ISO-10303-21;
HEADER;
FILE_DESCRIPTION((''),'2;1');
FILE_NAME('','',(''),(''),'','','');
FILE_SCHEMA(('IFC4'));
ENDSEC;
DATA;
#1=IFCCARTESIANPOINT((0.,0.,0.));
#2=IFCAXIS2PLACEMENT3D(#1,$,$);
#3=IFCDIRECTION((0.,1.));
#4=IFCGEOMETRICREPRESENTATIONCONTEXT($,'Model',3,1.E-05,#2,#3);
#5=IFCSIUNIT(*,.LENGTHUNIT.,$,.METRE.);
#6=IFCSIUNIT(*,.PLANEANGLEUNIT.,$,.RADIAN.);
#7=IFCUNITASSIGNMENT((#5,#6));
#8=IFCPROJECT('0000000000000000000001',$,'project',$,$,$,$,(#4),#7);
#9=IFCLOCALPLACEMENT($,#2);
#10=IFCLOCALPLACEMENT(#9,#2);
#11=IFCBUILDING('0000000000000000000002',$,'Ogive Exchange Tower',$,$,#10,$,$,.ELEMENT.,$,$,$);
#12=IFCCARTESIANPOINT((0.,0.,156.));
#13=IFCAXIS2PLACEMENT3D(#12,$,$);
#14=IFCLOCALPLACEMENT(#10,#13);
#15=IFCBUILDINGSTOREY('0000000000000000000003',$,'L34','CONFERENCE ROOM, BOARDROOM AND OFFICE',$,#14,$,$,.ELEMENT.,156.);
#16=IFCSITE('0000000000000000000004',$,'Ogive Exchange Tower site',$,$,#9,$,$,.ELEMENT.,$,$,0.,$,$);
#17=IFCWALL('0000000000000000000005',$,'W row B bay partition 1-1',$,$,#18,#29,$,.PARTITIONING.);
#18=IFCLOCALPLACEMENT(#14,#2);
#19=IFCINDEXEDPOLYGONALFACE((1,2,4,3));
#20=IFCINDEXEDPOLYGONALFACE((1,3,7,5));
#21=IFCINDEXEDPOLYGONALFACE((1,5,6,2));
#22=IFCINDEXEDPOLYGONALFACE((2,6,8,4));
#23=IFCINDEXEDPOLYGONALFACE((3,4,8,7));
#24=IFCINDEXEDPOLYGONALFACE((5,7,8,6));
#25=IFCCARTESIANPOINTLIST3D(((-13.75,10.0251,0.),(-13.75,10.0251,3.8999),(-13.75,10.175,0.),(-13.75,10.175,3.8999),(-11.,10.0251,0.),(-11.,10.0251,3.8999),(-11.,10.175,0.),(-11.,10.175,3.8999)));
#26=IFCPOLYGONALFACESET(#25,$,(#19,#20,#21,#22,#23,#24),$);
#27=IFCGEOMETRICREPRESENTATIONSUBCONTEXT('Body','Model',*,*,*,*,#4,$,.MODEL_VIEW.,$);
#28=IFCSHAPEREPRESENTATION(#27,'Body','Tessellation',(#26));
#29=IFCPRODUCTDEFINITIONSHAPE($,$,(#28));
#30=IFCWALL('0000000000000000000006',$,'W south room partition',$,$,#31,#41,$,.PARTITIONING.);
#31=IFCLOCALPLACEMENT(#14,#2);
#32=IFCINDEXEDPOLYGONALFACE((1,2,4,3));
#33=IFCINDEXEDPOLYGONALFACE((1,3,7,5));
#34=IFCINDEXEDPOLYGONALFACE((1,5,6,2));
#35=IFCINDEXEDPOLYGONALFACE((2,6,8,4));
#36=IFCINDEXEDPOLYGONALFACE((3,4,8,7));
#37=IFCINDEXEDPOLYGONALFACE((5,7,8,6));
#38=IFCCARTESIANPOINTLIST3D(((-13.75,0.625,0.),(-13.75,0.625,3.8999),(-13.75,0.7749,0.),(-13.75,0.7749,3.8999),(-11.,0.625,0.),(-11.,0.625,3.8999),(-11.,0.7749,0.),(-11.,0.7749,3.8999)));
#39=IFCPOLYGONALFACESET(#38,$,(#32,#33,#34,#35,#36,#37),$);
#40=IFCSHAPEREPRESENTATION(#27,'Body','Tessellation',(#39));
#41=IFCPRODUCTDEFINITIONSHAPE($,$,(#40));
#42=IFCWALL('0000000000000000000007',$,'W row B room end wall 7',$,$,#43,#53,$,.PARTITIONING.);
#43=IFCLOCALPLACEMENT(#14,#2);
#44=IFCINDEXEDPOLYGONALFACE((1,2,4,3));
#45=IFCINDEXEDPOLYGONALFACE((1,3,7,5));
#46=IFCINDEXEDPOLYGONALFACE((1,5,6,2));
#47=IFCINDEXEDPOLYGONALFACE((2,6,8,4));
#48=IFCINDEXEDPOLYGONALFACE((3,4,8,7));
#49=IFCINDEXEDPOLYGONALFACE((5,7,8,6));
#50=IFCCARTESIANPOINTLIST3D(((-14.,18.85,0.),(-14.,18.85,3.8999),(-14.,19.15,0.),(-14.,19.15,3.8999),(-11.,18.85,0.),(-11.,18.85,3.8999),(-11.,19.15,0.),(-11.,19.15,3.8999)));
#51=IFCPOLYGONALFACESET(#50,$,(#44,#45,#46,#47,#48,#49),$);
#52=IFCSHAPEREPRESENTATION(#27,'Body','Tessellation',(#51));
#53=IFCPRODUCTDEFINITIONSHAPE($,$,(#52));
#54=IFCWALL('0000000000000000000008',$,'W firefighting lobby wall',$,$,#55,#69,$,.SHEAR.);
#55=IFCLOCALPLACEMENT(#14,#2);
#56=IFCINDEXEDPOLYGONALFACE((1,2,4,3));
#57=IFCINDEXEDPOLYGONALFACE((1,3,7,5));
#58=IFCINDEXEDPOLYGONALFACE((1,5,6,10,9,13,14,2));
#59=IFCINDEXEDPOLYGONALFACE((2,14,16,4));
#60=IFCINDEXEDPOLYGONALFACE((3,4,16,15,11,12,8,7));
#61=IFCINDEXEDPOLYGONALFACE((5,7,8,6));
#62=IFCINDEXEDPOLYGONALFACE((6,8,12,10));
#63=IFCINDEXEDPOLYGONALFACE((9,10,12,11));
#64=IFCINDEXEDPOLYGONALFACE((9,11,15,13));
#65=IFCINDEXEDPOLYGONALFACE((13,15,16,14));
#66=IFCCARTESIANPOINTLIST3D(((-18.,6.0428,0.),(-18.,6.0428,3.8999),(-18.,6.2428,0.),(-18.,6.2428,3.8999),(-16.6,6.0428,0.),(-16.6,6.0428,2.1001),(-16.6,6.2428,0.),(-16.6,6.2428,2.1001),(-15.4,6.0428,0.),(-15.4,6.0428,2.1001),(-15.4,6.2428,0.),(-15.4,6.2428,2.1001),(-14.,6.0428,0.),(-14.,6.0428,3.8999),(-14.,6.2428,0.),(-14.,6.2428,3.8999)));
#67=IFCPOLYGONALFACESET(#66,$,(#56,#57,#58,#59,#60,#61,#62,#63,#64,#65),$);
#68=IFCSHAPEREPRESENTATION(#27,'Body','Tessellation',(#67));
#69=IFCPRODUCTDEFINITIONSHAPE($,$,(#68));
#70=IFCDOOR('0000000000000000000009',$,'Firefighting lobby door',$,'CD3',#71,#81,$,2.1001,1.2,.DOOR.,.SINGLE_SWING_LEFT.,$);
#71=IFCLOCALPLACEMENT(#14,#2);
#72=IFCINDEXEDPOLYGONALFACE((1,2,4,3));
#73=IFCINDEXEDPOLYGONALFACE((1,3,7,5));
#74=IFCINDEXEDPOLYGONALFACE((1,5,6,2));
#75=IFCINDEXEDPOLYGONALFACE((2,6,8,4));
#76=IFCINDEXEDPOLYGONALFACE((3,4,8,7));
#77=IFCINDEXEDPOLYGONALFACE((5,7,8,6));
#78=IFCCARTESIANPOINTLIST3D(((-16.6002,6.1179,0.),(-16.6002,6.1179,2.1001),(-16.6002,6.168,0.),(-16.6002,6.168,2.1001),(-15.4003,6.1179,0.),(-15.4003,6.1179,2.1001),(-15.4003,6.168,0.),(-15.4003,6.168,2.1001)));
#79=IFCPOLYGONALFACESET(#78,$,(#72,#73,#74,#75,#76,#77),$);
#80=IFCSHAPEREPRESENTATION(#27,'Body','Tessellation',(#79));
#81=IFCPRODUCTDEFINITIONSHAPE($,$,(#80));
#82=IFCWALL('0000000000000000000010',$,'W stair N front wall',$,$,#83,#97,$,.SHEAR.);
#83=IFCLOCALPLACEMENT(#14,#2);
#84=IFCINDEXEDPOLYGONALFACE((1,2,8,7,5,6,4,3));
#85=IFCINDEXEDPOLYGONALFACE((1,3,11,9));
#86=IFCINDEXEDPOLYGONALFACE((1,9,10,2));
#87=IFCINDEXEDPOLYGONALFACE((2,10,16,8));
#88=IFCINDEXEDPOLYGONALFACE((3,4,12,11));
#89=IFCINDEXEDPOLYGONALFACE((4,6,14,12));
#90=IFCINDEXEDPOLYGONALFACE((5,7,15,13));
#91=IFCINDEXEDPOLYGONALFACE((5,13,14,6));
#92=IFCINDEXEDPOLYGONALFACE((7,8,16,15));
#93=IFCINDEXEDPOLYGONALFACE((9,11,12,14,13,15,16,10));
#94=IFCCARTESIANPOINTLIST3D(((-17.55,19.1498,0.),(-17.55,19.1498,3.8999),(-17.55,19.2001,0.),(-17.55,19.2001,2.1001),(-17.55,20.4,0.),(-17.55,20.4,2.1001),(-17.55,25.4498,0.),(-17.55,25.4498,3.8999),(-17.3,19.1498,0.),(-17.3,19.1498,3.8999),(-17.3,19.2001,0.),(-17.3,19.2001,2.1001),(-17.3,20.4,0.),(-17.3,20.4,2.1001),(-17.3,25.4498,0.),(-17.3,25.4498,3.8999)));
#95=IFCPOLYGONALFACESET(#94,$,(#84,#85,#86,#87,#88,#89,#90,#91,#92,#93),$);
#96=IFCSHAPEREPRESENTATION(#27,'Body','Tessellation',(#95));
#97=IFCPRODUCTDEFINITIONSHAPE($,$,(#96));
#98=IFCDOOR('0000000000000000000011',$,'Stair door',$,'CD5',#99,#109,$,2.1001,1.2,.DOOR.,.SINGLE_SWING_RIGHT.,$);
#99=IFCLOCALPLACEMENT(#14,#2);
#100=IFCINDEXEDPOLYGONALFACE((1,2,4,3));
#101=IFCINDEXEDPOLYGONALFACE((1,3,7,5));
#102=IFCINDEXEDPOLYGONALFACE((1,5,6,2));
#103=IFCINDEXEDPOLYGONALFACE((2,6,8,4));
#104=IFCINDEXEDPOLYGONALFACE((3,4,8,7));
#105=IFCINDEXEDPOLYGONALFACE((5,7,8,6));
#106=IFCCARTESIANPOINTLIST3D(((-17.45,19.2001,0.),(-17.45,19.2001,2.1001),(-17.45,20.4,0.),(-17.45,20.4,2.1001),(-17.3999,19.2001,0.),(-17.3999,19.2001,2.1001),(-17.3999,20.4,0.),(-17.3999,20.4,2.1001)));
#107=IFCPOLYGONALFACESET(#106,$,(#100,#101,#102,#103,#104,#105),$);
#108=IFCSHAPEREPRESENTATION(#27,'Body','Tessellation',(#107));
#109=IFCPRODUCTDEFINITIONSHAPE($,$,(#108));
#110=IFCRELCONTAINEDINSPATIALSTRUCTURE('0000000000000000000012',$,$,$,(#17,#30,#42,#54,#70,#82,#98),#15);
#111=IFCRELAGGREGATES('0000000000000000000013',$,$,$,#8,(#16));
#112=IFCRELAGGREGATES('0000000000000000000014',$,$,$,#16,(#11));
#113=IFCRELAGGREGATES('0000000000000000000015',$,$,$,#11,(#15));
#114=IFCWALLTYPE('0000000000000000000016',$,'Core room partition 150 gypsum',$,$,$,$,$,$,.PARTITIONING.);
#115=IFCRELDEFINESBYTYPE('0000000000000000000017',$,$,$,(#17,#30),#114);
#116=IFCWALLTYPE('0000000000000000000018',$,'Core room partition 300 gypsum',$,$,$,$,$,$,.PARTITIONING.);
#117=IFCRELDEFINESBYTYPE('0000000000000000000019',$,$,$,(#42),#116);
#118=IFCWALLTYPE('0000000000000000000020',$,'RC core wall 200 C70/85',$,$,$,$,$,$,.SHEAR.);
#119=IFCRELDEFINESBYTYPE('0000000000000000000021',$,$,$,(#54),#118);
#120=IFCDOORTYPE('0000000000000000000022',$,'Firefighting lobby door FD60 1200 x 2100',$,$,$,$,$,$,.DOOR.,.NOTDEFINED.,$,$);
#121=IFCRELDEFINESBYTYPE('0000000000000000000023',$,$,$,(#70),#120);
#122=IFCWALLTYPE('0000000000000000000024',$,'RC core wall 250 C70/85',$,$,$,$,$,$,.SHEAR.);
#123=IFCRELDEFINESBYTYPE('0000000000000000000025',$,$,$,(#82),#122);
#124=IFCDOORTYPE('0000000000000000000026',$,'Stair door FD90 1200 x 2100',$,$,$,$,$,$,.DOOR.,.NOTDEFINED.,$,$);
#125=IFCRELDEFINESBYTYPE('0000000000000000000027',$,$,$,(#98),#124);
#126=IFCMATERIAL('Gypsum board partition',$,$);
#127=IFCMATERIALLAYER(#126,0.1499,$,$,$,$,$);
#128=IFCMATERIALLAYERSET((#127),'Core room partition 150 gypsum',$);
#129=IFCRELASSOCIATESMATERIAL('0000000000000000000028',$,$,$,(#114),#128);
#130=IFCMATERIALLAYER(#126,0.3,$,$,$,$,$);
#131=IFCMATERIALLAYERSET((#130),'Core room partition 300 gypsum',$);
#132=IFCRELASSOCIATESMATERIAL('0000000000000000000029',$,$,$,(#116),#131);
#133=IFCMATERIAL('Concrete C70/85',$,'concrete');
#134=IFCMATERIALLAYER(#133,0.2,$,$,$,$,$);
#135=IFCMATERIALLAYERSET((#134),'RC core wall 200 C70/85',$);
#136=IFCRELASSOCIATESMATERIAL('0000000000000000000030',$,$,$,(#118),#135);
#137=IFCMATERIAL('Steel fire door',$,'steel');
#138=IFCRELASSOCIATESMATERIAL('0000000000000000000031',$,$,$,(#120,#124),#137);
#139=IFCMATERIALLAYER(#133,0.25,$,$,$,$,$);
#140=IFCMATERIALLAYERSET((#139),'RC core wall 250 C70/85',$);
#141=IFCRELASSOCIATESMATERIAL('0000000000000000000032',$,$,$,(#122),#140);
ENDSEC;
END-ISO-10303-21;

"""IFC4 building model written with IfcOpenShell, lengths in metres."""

from ifc_helpers import new_model, si_unit, direction, frame, frame_2d, origin, place, context, subcontext, project, spatial, rectangle, extrude, material, layer, layer_set, type_object, element, fill, save


model = new_model("IFC4")

# Units and contexts
model_context = context("Model", 3, precision=1e-05, world=origin(), true_north=direction((0.0, 1.0)))
body_context = subcontext(model_context, "Body", "Model", "MODEL_VIEW")
ifc_project = project(units=[si_unit("LENGTHUNIT", "METRE"), si_unit("PLANEANGLEUNIT", "RADIAN")], contexts=[model_context])

# Site, building, storey
site_placement = place(None, origin())
site = spatial("IfcSite", under=ifc_project, at=site_placement, Name="Ogive Exchange Tower site", CompositionType="ELEMENT", RefElevation=0.0)
building_placement = place(site_placement, origin())
building = spatial("IfcBuilding", under=site, at=building_placement, Name="Ogive Exchange Tower", CompositionType="ELEMENT")
storey_placement = place(building_placement, frame((0.0, 0.0, 156.0)))
storey = spatial("IfcBuildingStorey", under=building, at=storey_placement, Name="L34", Description="CONFERENCE ROOM, BOARDROOM AND OFFICE", CompositionType="ELEMENT", Elevation=156.0)

# Walls
ifc_material_1 = material(Name="Gypsum board partition")
ifc_layer_1 = layer(ifc_material_1, 0.1499)
ifc_layer_set_1 = layer_set([ifc_layer_1], Name="Core room partition 150 gypsum")
wall_type_1 = type_object("IfcWallType", Name="Core room partition 150 gypsum", PredefinedType="PARTITIONING", material=ifc_layer_set_1)
for number, where, z_axis, x_axis, name in (
    (1, (-13.75, 10.1001, 0.0), (0.0, 0.0, 1.0), (1.0, 0.0, 0.0), "W row B bay partition 1-1"),
    (2, (-13.75, 0.7, 0.0), (0.0, 0.0, 1.0), (1.0, 0.0, 0.0), "W south room partition"),
):
    element("IfcWall", number, at=place(storey_placement, frame(where, z_axis=z_axis, x_axis=x_axis)), inside=storey, type_object=wall_type_1, Name=name, PredefinedType="PARTITIONING", context=body_context, shape_type="SweptSolid", body=[
        extrude(rectangle(XDim=2.75, YDim=0.1499, at=frame_2d((1.375, 0.0))), origin(), (0.0, 0.0, 1.0), 3.8999),
    ])
ifc_layer_2 = layer(ifc_material_1, 0.3)
ifc_layer_set_2 = layer_set([ifc_layer_2], Name="Core room partition 300 gypsum")
wall_type_2 = type_object("IfcWallType", Name="Core room partition 300 gypsum", PredefinedType="PARTITIONING", material=ifc_layer_set_2)
wall_1_placement = place(storey_placement, frame((-14.0, 19.0, 0.0), z_axis=(0.0, 0.0, 1.0), x_axis=(1.0, 0.0, 0.0)))
element("IfcWall", 3, at=wall_1_placement, inside=storey, type_object=wall_type_2, Name="W row B room end wall 7", PredefinedType="PARTITIONING", context=body_context, shape_type="SweptSolid", body=[
    extrude(rectangle(XDim=3.0, YDim=0.3, at=frame_2d((1.5, 0.0))), origin(), (0.0, 0.0, 1.0), 3.8999),
])

# Walls, openings, doors
ifc_material_2 = material(Name="Concrete C70/85", Category="concrete")
ifc_layer_3 = layer(ifc_material_2, 0.2)
ifc_layer_set_3 = layer_set([ifc_layer_3], Name="RC core wall 200 C70/85")
wall_type_3 = type_object("IfcWallType", Name="RC core wall 200 C70/85", PredefinedType="SHEAR", material=ifc_layer_set_3)
wall_2_placement = place(storey_placement, frame((-18.0, 6.1428, 0.0), z_axis=(0.0, 0.0, 1.0), x_axis=(1.0, 0.0, 0.0)))
wall_2 = element("IfcWall", 4, at=wall_2_placement, inside=storey, type_object=wall_type_3, Name="W firefighting lobby wall", PredefinedType="SHEAR", context=body_context, shape_type="SweptSolid", body=[
    extrude(rectangle(XDim=4.0, YDim=0.2, at=frame_2d((2.0, 0.0))), origin(), (0.0, 0.0, 1.0), 3.8999),
])
opening_1_placement = place(wall_2_placement, frame((1.3999, 0.0, 0.0)))
opening_1 = element("IfcOpeningElement", 5, at=opening_1_placement, cuts=wall_2, PredefinedType="OPENING", context=body_context, shape_type="SweptSolid", body=[
    extrude(rectangle(XDim=1.2, YDim=2.1001, at=frame_2d((0.6001, 1.05))), frame((0.0, 0.1099, 0.0), z_axis=(0.0, -1.0, 0.0), x_axis=(1.0, 0.0, 0.0)), (0.0, 0.0, 1.0), 0.22),
])
ifc_material_3 = material(Name="Steel fire door", Category="steel")
door_type_1 = type_object("IfcDoorType", Name="Firefighting lobby door FD60 1200 x 2100", OperationType="NOTDEFINED", PredefinedType="DOOR", material=ifc_material_3)
door_1_placement = place(opening_1_placement, frame((1.2, 0.0, 0.0), z_axis=(0.0, 0.0, 1.0), x_axis=(-1.0, 0.0, 0.0)))
door_1 = element("IfcDoor", 6, at=door_1_placement, inside=storey, type_object=door_type_1, Name="Firefighting lobby door", ObjectType="CD3", OperationType="SINGLE_SWING_LEFT", OverallHeight=2.1001, OverallWidth=1.2, PredefinedType="DOOR", context=body_context, shape_type="SweptSolid", body=[
    extrude(rectangle(XDim=1.2, YDim=2.1001, at=frame_2d((0.6001, 1.05))), frame((0.0, 0.0249, 0.0), z_axis=(0.0, -1.0, 0.0), x_axis=(1.0, 0.0, 0.0)), (0.0, 0.0, 1.0), 0.05),
])
fill(opening_1, door_1)
ifc_layer_4 = layer(ifc_material_2, 0.25)
ifc_layer_set_4 = layer_set([ifc_layer_4], Name="RC core wall 250 C70/85")
wall_type_4 = type_object("IfcWallType", Name="RC core wall 250 C70/85", PredefinedType="SHEAR", material=ifc_layer_set_4)
wall_3_placement = place(storey_placement, frame((-17.425, 19.1499, 0.0), z_axis=(0.0, 0.0, 1.0), x_axis=(0.0, 1.0, 0.0)))
wall_3 = element("IfcWall", 7, at=wall_3_placement, inside=storey, type_object=wall_type_4, Name="W stair N front wall", PredefinedType="SHEAR", context=body_context, shape_type="SweptSolid", body=[
    extrude(rectangle(XDim=6.3, YDim=0.25, at=frame_2d((3.1499, 0.0))), origin(), (0.0, 0.0, 1.0), 3.8999),
])
opening_2_placement = place(wall_3_placement, frame((0.05, 0.0, 0.0)))
opening_2 = element("IfcOpeningElement", 8, at=opening_2_placement, cuts=wall_3, PredefinedType="OPENING", context=body_context, shape_type="SweptSolid", body=[
    extrude(rectangle(XDim=1.2, YDim=2.1001, at=frame_2d((0.6001, 1.05))), frame((0.0, 0.135, 0.0), z_axis=(0.0, -1.0, 0.0), x_axis=(1.0, 0.0, 0.0)), (0.0, 0.0, 1.0), 0.27),
])
door_type_2 = type_object("IfcDoorType", Name="Stair door FD90 1200 x 2100", OperationType="NOTDEFINED", PredefinedType="DOOR", material=ifc_material_3)
door_2_placement = place(opening_2_placement, origin())
door_2 = element("IfcDoor", 9, at=door_2_placement, inside=storey, type_object=door_type_2, Name="Stair door", ObjectType="CD5", OperationType="SINGLE_SWING_RIGHT", OverallHeight=2.1001, OverallWidth=1.2, PredefinedType="DOOR", context=body_context, shape_type="SweptSolid", body=[
    extrude(rectangle(XDim=1.2, YDim=2.1001, at=frame_2d((0.6001, 1.05))), frame((0.0, 0.0249, 0.0), z_axis=(0.0, -1.0, 0.0), x_axis=(1.0, 0.0, 0.0)), (0.0, 0.0, 1.0), 0.05),
])
fill(opening_2, door_2)

save(model, "model.ifc")
